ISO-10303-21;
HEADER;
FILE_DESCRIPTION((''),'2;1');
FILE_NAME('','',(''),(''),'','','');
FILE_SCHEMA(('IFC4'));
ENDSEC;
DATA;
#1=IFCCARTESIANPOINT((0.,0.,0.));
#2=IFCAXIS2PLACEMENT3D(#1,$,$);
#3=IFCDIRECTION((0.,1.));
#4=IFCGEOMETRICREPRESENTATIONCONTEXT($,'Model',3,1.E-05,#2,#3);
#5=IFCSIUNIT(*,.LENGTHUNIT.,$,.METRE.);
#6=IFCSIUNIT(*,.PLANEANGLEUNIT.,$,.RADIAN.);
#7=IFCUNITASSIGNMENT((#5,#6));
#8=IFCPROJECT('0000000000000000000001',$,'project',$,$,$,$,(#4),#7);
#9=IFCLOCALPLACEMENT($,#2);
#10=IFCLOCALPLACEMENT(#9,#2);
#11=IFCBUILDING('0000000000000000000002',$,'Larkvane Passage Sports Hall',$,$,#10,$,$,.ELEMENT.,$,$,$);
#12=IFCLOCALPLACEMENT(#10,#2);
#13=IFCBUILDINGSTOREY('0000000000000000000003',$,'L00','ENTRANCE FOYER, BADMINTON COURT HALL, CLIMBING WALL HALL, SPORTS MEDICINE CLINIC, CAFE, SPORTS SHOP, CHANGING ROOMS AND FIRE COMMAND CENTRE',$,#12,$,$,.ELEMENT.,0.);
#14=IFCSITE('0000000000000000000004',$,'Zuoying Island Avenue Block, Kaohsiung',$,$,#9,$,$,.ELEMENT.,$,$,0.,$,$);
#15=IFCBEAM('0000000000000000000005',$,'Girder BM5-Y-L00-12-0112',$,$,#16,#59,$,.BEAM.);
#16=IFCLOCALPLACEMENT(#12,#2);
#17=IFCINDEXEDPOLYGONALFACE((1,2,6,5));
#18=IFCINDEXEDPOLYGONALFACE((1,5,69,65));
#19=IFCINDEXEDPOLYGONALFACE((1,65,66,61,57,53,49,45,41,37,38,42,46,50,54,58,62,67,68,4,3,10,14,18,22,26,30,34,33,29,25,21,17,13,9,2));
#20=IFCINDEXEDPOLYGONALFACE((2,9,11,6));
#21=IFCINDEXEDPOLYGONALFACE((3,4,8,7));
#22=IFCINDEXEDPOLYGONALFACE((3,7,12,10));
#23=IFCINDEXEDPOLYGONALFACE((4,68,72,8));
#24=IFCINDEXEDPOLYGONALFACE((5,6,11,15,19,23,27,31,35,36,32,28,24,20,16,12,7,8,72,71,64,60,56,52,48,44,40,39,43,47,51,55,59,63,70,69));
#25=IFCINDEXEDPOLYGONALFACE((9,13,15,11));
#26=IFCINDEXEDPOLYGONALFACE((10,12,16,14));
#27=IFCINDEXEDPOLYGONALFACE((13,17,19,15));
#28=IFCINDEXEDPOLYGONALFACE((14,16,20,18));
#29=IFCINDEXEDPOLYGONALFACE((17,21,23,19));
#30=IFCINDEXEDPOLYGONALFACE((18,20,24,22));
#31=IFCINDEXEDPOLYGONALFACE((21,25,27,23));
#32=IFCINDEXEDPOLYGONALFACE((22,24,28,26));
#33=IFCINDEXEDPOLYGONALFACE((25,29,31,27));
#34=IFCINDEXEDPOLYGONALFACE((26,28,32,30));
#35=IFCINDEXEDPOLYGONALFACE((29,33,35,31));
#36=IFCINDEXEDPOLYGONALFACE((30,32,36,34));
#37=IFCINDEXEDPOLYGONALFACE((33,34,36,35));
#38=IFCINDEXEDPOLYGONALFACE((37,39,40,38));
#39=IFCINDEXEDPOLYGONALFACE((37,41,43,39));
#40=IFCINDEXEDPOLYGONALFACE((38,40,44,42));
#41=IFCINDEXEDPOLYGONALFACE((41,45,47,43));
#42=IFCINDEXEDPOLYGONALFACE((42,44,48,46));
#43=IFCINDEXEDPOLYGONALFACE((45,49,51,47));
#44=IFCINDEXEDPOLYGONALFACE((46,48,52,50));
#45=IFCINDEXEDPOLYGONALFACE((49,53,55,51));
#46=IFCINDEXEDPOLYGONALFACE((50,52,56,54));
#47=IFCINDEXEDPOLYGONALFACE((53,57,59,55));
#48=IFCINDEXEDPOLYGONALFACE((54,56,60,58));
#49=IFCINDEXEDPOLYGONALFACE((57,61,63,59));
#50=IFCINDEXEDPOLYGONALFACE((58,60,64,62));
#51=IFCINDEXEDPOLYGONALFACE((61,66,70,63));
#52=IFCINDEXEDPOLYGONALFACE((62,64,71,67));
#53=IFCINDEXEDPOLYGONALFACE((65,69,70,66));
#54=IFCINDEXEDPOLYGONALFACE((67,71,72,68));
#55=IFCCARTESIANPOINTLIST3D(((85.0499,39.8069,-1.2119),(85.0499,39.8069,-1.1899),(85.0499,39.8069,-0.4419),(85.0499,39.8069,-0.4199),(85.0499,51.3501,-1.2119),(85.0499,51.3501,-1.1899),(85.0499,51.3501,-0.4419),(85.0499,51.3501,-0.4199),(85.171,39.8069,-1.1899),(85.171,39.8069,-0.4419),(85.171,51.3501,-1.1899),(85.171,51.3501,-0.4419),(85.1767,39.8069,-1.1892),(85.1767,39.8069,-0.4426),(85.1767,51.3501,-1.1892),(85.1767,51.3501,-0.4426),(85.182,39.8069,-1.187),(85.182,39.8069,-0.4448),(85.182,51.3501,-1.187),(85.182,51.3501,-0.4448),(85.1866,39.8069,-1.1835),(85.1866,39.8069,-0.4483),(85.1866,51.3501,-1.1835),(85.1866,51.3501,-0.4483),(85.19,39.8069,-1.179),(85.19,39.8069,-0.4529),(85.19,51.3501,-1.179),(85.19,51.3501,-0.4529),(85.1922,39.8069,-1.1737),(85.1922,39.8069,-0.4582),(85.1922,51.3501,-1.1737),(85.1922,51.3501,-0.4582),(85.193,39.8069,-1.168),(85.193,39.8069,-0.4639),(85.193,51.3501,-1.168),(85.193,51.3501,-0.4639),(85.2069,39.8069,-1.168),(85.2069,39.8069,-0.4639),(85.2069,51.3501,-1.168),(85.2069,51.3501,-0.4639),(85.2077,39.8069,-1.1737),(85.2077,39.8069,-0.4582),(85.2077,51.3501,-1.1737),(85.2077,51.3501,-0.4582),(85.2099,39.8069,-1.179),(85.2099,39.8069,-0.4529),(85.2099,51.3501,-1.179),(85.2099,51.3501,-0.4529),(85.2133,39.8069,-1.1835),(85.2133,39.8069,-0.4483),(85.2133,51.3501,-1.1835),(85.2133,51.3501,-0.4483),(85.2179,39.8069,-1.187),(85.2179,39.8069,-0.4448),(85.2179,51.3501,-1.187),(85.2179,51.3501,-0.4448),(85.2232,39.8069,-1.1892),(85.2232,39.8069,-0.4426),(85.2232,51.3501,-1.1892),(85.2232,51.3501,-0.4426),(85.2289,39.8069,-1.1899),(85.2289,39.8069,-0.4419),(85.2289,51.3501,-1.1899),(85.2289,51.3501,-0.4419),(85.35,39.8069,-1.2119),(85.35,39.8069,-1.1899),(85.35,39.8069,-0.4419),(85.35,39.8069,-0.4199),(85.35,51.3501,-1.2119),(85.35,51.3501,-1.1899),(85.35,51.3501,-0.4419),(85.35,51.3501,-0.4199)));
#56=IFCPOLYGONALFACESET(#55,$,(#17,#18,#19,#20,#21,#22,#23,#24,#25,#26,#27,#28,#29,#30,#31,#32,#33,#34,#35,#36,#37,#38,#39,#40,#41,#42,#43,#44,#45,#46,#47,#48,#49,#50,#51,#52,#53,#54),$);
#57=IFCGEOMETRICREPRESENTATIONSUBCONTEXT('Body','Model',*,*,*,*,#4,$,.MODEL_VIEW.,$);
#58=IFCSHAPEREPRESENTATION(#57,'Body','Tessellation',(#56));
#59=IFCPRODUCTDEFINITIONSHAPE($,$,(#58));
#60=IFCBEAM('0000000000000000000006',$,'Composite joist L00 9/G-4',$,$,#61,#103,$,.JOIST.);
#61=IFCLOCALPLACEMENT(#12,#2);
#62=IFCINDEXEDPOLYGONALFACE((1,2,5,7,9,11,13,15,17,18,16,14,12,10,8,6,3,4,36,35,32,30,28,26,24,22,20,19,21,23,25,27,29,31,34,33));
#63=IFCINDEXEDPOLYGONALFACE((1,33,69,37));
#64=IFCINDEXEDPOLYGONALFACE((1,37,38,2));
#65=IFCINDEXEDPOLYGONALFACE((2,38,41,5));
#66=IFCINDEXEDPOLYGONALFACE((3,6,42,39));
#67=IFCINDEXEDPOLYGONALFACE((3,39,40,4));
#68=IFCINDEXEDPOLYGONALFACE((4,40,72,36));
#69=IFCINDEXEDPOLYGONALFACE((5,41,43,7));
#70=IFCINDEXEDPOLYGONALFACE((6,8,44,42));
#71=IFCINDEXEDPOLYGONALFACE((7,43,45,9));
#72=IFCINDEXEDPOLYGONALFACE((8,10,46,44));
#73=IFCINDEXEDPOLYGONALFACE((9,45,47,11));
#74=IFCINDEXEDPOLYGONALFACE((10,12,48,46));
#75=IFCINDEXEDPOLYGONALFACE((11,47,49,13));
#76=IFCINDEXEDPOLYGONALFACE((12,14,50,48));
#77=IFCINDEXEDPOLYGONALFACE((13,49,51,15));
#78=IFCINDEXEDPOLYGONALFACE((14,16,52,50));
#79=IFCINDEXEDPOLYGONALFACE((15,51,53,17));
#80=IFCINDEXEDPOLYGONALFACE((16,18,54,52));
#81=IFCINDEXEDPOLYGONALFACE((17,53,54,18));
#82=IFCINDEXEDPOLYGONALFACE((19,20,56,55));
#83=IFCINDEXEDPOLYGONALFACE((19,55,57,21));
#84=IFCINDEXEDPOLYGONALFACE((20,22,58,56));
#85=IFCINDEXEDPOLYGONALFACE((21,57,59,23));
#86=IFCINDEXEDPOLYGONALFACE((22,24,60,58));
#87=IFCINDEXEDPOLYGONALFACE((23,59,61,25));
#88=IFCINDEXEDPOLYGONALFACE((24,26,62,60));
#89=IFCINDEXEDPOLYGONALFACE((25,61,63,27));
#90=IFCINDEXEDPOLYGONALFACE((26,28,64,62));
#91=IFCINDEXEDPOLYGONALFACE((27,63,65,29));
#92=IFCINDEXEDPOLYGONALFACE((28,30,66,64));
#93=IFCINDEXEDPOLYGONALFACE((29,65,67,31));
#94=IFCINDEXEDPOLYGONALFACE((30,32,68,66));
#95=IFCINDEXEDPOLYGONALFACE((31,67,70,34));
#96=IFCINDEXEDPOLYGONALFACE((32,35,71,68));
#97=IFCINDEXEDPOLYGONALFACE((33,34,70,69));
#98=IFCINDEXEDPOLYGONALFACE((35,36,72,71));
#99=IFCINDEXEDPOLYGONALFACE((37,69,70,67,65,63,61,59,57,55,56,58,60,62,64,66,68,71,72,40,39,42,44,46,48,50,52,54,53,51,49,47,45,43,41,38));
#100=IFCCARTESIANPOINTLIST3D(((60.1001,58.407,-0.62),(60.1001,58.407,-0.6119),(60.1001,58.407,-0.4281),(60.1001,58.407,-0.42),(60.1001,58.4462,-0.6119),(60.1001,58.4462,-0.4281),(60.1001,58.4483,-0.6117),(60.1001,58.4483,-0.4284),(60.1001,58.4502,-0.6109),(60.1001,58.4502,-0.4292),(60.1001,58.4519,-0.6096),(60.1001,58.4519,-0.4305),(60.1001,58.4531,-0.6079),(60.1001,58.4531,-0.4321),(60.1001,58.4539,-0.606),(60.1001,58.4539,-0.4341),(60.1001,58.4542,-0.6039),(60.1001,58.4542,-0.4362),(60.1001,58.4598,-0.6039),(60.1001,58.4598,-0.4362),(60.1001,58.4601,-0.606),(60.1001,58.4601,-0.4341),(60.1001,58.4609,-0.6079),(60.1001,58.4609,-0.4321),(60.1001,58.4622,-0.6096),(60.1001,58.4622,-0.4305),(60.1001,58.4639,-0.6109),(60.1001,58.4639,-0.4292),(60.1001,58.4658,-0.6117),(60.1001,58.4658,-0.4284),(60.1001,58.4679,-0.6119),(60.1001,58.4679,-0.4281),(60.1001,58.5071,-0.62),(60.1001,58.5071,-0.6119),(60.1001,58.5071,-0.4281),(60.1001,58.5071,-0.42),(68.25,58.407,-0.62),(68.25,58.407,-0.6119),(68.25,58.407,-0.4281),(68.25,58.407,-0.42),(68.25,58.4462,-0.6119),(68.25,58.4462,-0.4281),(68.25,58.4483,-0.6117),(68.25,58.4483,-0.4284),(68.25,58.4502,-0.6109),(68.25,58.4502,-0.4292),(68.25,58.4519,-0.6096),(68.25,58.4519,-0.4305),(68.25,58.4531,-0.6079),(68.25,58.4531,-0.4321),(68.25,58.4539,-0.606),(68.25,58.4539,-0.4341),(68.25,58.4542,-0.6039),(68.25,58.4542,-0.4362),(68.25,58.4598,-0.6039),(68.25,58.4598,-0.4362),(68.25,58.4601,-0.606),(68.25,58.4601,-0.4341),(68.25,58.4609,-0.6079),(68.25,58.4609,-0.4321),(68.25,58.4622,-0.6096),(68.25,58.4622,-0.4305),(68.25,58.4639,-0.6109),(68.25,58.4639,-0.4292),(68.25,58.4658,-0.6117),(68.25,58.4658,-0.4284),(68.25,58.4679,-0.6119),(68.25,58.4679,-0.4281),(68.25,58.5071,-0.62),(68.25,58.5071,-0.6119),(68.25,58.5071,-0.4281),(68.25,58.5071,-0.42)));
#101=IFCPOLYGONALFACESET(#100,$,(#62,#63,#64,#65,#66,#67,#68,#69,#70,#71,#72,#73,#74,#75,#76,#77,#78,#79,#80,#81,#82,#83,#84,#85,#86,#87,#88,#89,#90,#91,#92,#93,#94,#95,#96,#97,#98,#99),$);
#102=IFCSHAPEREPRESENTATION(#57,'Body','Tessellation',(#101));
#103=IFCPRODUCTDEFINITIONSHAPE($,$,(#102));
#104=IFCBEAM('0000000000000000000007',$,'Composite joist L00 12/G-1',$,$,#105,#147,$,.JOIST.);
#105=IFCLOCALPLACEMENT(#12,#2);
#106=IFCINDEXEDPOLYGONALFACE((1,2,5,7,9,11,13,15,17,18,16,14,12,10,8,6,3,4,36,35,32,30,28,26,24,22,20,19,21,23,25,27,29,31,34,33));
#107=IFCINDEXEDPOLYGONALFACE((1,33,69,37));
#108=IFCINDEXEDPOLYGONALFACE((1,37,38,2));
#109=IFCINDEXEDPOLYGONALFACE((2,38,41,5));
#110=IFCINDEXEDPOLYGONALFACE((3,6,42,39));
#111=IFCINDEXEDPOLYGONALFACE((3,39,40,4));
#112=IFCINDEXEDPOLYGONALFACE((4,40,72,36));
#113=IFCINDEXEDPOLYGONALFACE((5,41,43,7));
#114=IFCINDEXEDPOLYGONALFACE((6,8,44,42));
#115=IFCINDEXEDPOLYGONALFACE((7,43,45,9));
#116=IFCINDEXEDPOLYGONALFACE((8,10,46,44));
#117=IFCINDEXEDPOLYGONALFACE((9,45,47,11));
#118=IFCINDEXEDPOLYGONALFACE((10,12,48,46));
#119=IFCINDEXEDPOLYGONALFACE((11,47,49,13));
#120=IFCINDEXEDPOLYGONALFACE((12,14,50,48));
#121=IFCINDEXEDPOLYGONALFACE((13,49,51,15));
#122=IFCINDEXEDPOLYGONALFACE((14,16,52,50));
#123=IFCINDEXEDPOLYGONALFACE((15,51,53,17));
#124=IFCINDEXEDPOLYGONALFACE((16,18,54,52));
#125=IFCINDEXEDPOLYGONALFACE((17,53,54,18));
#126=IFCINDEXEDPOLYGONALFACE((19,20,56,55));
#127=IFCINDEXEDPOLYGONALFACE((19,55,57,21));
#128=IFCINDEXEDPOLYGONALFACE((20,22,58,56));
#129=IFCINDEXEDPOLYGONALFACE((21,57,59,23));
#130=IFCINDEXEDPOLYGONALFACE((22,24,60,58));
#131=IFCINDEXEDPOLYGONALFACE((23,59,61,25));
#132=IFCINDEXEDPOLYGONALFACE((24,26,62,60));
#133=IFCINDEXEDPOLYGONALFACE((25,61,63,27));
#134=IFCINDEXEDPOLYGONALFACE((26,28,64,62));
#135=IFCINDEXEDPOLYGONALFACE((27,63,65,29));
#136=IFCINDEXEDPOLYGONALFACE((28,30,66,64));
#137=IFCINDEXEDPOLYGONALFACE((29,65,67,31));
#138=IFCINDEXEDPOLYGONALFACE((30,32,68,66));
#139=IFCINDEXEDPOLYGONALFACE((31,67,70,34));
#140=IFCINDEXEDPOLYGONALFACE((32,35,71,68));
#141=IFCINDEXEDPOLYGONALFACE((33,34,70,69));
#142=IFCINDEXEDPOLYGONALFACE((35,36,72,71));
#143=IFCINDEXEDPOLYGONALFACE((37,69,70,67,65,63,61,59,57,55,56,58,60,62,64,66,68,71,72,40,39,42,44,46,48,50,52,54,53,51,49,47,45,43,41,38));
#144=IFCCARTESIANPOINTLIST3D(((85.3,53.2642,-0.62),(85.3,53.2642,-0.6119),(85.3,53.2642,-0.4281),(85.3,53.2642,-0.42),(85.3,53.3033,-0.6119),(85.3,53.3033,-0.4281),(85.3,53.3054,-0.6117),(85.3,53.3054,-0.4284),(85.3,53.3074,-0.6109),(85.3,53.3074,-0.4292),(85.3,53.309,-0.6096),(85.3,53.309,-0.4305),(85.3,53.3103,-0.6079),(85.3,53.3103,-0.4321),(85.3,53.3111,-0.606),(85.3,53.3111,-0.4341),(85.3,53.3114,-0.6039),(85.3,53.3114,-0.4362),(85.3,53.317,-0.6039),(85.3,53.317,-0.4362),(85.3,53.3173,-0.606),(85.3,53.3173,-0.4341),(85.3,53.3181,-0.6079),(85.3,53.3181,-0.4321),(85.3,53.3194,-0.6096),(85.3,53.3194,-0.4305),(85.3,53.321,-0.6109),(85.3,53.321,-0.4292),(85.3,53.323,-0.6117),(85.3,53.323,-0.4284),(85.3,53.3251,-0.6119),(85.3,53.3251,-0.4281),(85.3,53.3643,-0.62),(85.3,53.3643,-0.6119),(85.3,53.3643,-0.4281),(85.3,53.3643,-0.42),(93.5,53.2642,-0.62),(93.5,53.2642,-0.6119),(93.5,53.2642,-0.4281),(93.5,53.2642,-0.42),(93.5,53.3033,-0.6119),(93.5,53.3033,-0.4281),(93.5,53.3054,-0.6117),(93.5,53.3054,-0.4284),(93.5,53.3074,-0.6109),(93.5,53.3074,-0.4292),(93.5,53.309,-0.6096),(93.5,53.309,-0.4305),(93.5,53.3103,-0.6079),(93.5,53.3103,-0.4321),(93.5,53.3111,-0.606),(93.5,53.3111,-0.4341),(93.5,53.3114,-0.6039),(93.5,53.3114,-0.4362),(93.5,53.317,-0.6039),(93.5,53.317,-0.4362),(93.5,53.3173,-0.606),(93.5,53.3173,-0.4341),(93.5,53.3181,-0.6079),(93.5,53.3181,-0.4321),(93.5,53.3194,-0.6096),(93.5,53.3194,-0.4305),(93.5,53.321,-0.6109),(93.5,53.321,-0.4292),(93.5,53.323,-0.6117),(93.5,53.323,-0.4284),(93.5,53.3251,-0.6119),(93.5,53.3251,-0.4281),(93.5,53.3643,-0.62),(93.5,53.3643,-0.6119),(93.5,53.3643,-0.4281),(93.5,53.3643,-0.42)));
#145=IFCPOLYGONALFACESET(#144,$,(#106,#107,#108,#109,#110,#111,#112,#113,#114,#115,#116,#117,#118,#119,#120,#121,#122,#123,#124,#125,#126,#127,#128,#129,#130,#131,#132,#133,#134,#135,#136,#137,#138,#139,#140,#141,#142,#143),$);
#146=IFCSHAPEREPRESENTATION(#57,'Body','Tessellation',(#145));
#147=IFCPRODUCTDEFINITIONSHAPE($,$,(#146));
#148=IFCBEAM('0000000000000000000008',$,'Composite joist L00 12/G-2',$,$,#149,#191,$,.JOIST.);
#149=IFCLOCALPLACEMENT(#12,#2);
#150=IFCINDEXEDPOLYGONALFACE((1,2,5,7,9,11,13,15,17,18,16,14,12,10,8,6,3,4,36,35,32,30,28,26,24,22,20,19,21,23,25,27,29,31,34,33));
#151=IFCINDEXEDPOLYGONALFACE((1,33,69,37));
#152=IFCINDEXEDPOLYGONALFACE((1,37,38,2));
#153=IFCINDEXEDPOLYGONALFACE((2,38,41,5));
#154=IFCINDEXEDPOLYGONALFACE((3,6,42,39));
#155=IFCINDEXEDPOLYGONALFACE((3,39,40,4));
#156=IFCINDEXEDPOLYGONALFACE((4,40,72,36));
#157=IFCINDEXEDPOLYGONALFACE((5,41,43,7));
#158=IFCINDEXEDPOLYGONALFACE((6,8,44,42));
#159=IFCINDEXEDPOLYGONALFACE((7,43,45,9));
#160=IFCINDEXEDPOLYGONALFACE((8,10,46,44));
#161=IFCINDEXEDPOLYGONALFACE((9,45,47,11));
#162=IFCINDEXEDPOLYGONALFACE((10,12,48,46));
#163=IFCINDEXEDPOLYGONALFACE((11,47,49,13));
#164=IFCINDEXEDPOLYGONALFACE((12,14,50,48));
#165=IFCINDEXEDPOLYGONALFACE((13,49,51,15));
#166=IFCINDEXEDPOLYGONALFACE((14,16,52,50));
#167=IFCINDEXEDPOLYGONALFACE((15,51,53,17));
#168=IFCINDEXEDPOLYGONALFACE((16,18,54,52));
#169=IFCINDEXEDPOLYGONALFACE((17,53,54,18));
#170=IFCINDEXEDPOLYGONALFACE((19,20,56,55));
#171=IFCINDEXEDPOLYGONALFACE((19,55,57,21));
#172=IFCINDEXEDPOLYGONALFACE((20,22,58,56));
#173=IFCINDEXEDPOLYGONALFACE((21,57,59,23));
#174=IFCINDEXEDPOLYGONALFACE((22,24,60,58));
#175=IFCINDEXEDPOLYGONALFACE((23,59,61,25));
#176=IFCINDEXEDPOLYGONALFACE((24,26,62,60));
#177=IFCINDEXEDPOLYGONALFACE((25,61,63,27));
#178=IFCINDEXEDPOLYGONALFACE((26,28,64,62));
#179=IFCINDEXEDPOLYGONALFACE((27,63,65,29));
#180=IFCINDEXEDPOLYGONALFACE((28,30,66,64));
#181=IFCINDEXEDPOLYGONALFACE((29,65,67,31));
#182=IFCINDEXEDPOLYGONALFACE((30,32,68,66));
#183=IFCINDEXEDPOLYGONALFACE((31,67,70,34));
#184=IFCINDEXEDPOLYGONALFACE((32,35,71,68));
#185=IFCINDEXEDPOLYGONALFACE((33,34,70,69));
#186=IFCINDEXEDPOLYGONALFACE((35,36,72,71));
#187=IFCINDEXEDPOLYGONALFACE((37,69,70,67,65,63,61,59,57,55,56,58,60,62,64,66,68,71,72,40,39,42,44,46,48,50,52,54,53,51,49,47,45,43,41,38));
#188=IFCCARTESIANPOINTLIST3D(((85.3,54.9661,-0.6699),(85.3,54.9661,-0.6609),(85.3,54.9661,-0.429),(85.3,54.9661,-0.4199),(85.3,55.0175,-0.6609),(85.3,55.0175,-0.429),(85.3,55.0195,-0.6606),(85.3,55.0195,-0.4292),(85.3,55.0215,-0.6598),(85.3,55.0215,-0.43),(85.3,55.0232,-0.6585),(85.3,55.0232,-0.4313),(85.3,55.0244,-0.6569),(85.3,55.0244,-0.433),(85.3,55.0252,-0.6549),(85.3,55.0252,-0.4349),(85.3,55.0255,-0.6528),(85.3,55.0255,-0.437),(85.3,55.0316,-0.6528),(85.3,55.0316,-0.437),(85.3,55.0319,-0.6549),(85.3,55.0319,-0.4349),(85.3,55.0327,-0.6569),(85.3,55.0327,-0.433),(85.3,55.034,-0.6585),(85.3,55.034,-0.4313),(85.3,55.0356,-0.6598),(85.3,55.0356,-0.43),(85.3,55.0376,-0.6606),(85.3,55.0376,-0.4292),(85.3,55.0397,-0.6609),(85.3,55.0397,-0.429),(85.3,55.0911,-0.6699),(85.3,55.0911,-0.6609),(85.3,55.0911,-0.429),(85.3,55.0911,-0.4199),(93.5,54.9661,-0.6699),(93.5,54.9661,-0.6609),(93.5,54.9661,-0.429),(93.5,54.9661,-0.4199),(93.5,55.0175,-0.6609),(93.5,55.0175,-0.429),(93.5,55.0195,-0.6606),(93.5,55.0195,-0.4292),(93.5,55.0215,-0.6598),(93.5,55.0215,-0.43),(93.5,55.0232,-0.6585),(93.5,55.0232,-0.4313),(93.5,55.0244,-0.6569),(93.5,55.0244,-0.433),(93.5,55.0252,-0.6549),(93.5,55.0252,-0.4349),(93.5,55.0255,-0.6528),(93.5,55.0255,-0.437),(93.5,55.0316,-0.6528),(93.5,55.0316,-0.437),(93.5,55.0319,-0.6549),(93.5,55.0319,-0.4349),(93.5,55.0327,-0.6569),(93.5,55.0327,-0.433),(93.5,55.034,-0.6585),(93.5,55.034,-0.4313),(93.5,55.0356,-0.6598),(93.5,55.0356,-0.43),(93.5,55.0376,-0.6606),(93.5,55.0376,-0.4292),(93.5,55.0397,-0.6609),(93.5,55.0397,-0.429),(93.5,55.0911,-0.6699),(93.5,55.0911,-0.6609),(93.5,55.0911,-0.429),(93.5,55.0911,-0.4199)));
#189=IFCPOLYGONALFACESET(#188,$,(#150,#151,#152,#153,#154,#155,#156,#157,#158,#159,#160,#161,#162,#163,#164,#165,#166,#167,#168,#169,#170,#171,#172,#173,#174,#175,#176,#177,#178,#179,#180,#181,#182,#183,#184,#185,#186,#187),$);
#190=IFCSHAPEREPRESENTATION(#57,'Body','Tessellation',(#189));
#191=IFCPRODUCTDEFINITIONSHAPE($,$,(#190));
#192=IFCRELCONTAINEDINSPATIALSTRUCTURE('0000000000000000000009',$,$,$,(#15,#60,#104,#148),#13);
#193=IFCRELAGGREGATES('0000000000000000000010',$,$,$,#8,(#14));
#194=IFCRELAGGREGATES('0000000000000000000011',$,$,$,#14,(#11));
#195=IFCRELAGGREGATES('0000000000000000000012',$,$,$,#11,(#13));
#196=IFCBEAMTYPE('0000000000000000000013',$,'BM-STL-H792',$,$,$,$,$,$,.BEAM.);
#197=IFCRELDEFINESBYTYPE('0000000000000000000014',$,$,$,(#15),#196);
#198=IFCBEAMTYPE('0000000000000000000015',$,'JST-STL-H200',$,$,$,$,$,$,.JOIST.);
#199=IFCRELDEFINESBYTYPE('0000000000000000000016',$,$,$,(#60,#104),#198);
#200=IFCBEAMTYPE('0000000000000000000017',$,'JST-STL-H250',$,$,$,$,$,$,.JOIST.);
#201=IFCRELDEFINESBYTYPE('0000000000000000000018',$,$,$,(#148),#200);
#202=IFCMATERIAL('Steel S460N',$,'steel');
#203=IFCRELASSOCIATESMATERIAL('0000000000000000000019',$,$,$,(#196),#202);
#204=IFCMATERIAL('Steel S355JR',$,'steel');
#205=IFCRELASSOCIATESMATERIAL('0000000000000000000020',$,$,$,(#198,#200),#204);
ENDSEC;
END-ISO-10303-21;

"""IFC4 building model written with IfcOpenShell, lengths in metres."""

from ifc_helpers import new_model, si_unit, direction, frame, origin, origin_2d, place, context, subcontext, project, spatial, i_section, extrude, material, material_profile, profile_set, type_object, element, save


model = new_model("IFC4")

# Units and contexts
model_context = context("Model", 3, precision=1e-05, world=origin(), true_north=direction((0.0, 1.0)))
body_context = subcontext(model_context, "Body", "Model", "MODEL_VIEW")
ifc_project = project(units=[si_unit("LENGTHUNIT", "METRE"), si_unit("PLANEANGLEUNIT", "RADIAN")], contexts=[model_context])

# Site, building, storey
site_placement = place(None, origin())
site = spatial("IfcSite", under=ifc_project, at=site_placement, Name="Zuoying Island Avenue Block, Kaohsiung", CompositionType="ELEMENT", RefElevation=0.0)
building_placement = place(site_placement, origin())
building = spatial("IfcBuilding", under=site, at=building_placement, Name="Larkvane Passage Sports Hall", CompositionType="ELEMENT")
storey_placement = place(building_placement, origin())
storey = spatial("IfcBuildingStorey", under=building, at=storey_placement, Name="L00", Description="ENTRANCE FOYER, BADMINTON COURT HALL, CLIMBING WALL HALL, SPORTS MEDICINE CLINIC, CAFE, SPORTS SHOP, CHANGING ROOMS AND FIRE COMMAND CENTRE", CompositionType="ELEMENT", Elevation=0.0)

# Shared definitions
ifc_material_1 = material(Name="Steel S460N", Category="steel")

# Beams
ifc_material_2 = material(Name="Steel S355JR", Category="steel")
ifc_material_profile_1 = material_profile(ifc_material_1, i_section(OverallWidth=0.3, OverallDepth=0.792, WebThickness=0.0139, FlangeThickness=0.022, FilletRadius=0.022, at=origin_2d()), Name="H-792x300x14x22")
ifc_profile_set_1 = profile_set([ifc_material_profile_1], Name="Steel S460N")
beam_type_1 = type_object("IfcBeamType", Name="BM-STL-H792", PredefinedType="BEAM", material=ifc_profile_set_1)
beam_1_placement = place(storey_placement, frame((85.2, 39.8069, -0.8159), z_axis=(0.0, 1.0, 0.0), x_axis=(-1.0, 0.0, 0.0)))
element("IfcBeam", 1, at=beam_1_placement, inside=storey, type_object=beam_type_1, Name="Girder BM5-Y-L00-12-0112", PredefinedType="BEAM", context=body_context, shape_type="SweptSolid", body=[
    extrude(i_section(OverallWidth=0.3, OverallDepth=0.792, WebThickness=0.0139, FlangeThickness=0.022, FilletRadius=0.022, at=origin_2d()), origin(), (0.0, 0.0, 1.0), 11.5432),
])
ifc_material_profile_2 = material_profile(ifc_material_2, i_section(OverallWidth=0.1001, OverallDepth=0.2, WebThickness=0.0056, FlangeThickness=0.0081, FilletRadius=0.0081, at=origin_2d()), Name="H-200x100x5.5x8")
ifc_profile_set_2 = profile_set([ifc_material_profile_2], Name="Steel S355JR")
beam_type_2 = type_object("IfcBeamType", Name="JST-STL-H200", PredefinedType="JOIST", material=ifc_profile_set_2)
beam_2_placement = place(storey_placement, frame((60.1001, 58.457, -0.52), z_axis=(1.0, 0.0, 0.0), x_axis=(0.0, 1.0, 0.0)))
element("IfcBeam", 2, at=beam_2_placement, inside=storey, type_object=beam_type_2, Name="Composite joist L00 9/G-4", PredefinedType="JOIST", context=body_context, shape_type="SweptSolid", body=[
    extrude(i_section(OverallWidth=0.1001, OverallDepth=0.2, WebThickness=0.0056, FlangeThickness=0.0081, FilletRadius=0.0081, at=origin_2d()), origin(), (0.0, 0.0, 1.0), 8.1499),
])
beam_3_placement = place(storey_placement, frame((85.3, 53.3142, -0.52), z_axis=(1.0, 0.0, 0.0), x_axis=(0.0, 1.0, 0.0)))
element("IfcBeam", 3, at=beam_3_placement, inside=storey, type_object=beam_type_2, Name="Composite joist L00 12/G-1", PredefinedType="JOIST", context=body_context, shape_type="SweptSolid", body=[
    extrude(i_section(OverallWidth=0.1001, OverallDepth=0.2, WebThickness=0.0056, FlangeThickness=0.0081, FilletRadius=0.0081, at=origin_2d()), origin(), (0.0, 0.0, 1.0), 8.2),
])
ifc_material_profile_3 = material_profile(ifc_material_2, i_section(OverallWidth=0.125, OverallDepth=0.25, WebThickness=0.0061, FlangeThickness=0.009, FilletRadius=0.0081, at=origin_2d()), Name="H-250x125x6x9")
ifc_profile_set_3 = profile_set([ifc_material_profile_3], Name="Steel S355JR")
beam_type_3 = type_object("IfcBeamType", Name="JST-STL-H250", PredefinedType="JOIST", material=ifc_profile_set_3)
beam_4_placement = place(storey_placement, frame((85.3, 55.0286, -0.5449), z_axis=(1.0, 0.0, 0.0), x_axis=(0.0, 1.0, 0.0)))
element("IfcBeam", 4, at=beam_4_placement, inside=storey, type_object=beam_type_3, Name="Composite joist L00 12/G-2", PredefinedType="JOIST", context=body_context, shape_type="SweptSolid", body=[
    extrude(i_section(OverallWidth=0.125, OverallDepth=0.25, WebThickness=0.0061, FlangeThickness=0.009, FilletRadius=0.0081, at=origin_2d()), origin(), (0.0, 0.0, 1.0), 8.2),
])

save(model, "model.ifc")
